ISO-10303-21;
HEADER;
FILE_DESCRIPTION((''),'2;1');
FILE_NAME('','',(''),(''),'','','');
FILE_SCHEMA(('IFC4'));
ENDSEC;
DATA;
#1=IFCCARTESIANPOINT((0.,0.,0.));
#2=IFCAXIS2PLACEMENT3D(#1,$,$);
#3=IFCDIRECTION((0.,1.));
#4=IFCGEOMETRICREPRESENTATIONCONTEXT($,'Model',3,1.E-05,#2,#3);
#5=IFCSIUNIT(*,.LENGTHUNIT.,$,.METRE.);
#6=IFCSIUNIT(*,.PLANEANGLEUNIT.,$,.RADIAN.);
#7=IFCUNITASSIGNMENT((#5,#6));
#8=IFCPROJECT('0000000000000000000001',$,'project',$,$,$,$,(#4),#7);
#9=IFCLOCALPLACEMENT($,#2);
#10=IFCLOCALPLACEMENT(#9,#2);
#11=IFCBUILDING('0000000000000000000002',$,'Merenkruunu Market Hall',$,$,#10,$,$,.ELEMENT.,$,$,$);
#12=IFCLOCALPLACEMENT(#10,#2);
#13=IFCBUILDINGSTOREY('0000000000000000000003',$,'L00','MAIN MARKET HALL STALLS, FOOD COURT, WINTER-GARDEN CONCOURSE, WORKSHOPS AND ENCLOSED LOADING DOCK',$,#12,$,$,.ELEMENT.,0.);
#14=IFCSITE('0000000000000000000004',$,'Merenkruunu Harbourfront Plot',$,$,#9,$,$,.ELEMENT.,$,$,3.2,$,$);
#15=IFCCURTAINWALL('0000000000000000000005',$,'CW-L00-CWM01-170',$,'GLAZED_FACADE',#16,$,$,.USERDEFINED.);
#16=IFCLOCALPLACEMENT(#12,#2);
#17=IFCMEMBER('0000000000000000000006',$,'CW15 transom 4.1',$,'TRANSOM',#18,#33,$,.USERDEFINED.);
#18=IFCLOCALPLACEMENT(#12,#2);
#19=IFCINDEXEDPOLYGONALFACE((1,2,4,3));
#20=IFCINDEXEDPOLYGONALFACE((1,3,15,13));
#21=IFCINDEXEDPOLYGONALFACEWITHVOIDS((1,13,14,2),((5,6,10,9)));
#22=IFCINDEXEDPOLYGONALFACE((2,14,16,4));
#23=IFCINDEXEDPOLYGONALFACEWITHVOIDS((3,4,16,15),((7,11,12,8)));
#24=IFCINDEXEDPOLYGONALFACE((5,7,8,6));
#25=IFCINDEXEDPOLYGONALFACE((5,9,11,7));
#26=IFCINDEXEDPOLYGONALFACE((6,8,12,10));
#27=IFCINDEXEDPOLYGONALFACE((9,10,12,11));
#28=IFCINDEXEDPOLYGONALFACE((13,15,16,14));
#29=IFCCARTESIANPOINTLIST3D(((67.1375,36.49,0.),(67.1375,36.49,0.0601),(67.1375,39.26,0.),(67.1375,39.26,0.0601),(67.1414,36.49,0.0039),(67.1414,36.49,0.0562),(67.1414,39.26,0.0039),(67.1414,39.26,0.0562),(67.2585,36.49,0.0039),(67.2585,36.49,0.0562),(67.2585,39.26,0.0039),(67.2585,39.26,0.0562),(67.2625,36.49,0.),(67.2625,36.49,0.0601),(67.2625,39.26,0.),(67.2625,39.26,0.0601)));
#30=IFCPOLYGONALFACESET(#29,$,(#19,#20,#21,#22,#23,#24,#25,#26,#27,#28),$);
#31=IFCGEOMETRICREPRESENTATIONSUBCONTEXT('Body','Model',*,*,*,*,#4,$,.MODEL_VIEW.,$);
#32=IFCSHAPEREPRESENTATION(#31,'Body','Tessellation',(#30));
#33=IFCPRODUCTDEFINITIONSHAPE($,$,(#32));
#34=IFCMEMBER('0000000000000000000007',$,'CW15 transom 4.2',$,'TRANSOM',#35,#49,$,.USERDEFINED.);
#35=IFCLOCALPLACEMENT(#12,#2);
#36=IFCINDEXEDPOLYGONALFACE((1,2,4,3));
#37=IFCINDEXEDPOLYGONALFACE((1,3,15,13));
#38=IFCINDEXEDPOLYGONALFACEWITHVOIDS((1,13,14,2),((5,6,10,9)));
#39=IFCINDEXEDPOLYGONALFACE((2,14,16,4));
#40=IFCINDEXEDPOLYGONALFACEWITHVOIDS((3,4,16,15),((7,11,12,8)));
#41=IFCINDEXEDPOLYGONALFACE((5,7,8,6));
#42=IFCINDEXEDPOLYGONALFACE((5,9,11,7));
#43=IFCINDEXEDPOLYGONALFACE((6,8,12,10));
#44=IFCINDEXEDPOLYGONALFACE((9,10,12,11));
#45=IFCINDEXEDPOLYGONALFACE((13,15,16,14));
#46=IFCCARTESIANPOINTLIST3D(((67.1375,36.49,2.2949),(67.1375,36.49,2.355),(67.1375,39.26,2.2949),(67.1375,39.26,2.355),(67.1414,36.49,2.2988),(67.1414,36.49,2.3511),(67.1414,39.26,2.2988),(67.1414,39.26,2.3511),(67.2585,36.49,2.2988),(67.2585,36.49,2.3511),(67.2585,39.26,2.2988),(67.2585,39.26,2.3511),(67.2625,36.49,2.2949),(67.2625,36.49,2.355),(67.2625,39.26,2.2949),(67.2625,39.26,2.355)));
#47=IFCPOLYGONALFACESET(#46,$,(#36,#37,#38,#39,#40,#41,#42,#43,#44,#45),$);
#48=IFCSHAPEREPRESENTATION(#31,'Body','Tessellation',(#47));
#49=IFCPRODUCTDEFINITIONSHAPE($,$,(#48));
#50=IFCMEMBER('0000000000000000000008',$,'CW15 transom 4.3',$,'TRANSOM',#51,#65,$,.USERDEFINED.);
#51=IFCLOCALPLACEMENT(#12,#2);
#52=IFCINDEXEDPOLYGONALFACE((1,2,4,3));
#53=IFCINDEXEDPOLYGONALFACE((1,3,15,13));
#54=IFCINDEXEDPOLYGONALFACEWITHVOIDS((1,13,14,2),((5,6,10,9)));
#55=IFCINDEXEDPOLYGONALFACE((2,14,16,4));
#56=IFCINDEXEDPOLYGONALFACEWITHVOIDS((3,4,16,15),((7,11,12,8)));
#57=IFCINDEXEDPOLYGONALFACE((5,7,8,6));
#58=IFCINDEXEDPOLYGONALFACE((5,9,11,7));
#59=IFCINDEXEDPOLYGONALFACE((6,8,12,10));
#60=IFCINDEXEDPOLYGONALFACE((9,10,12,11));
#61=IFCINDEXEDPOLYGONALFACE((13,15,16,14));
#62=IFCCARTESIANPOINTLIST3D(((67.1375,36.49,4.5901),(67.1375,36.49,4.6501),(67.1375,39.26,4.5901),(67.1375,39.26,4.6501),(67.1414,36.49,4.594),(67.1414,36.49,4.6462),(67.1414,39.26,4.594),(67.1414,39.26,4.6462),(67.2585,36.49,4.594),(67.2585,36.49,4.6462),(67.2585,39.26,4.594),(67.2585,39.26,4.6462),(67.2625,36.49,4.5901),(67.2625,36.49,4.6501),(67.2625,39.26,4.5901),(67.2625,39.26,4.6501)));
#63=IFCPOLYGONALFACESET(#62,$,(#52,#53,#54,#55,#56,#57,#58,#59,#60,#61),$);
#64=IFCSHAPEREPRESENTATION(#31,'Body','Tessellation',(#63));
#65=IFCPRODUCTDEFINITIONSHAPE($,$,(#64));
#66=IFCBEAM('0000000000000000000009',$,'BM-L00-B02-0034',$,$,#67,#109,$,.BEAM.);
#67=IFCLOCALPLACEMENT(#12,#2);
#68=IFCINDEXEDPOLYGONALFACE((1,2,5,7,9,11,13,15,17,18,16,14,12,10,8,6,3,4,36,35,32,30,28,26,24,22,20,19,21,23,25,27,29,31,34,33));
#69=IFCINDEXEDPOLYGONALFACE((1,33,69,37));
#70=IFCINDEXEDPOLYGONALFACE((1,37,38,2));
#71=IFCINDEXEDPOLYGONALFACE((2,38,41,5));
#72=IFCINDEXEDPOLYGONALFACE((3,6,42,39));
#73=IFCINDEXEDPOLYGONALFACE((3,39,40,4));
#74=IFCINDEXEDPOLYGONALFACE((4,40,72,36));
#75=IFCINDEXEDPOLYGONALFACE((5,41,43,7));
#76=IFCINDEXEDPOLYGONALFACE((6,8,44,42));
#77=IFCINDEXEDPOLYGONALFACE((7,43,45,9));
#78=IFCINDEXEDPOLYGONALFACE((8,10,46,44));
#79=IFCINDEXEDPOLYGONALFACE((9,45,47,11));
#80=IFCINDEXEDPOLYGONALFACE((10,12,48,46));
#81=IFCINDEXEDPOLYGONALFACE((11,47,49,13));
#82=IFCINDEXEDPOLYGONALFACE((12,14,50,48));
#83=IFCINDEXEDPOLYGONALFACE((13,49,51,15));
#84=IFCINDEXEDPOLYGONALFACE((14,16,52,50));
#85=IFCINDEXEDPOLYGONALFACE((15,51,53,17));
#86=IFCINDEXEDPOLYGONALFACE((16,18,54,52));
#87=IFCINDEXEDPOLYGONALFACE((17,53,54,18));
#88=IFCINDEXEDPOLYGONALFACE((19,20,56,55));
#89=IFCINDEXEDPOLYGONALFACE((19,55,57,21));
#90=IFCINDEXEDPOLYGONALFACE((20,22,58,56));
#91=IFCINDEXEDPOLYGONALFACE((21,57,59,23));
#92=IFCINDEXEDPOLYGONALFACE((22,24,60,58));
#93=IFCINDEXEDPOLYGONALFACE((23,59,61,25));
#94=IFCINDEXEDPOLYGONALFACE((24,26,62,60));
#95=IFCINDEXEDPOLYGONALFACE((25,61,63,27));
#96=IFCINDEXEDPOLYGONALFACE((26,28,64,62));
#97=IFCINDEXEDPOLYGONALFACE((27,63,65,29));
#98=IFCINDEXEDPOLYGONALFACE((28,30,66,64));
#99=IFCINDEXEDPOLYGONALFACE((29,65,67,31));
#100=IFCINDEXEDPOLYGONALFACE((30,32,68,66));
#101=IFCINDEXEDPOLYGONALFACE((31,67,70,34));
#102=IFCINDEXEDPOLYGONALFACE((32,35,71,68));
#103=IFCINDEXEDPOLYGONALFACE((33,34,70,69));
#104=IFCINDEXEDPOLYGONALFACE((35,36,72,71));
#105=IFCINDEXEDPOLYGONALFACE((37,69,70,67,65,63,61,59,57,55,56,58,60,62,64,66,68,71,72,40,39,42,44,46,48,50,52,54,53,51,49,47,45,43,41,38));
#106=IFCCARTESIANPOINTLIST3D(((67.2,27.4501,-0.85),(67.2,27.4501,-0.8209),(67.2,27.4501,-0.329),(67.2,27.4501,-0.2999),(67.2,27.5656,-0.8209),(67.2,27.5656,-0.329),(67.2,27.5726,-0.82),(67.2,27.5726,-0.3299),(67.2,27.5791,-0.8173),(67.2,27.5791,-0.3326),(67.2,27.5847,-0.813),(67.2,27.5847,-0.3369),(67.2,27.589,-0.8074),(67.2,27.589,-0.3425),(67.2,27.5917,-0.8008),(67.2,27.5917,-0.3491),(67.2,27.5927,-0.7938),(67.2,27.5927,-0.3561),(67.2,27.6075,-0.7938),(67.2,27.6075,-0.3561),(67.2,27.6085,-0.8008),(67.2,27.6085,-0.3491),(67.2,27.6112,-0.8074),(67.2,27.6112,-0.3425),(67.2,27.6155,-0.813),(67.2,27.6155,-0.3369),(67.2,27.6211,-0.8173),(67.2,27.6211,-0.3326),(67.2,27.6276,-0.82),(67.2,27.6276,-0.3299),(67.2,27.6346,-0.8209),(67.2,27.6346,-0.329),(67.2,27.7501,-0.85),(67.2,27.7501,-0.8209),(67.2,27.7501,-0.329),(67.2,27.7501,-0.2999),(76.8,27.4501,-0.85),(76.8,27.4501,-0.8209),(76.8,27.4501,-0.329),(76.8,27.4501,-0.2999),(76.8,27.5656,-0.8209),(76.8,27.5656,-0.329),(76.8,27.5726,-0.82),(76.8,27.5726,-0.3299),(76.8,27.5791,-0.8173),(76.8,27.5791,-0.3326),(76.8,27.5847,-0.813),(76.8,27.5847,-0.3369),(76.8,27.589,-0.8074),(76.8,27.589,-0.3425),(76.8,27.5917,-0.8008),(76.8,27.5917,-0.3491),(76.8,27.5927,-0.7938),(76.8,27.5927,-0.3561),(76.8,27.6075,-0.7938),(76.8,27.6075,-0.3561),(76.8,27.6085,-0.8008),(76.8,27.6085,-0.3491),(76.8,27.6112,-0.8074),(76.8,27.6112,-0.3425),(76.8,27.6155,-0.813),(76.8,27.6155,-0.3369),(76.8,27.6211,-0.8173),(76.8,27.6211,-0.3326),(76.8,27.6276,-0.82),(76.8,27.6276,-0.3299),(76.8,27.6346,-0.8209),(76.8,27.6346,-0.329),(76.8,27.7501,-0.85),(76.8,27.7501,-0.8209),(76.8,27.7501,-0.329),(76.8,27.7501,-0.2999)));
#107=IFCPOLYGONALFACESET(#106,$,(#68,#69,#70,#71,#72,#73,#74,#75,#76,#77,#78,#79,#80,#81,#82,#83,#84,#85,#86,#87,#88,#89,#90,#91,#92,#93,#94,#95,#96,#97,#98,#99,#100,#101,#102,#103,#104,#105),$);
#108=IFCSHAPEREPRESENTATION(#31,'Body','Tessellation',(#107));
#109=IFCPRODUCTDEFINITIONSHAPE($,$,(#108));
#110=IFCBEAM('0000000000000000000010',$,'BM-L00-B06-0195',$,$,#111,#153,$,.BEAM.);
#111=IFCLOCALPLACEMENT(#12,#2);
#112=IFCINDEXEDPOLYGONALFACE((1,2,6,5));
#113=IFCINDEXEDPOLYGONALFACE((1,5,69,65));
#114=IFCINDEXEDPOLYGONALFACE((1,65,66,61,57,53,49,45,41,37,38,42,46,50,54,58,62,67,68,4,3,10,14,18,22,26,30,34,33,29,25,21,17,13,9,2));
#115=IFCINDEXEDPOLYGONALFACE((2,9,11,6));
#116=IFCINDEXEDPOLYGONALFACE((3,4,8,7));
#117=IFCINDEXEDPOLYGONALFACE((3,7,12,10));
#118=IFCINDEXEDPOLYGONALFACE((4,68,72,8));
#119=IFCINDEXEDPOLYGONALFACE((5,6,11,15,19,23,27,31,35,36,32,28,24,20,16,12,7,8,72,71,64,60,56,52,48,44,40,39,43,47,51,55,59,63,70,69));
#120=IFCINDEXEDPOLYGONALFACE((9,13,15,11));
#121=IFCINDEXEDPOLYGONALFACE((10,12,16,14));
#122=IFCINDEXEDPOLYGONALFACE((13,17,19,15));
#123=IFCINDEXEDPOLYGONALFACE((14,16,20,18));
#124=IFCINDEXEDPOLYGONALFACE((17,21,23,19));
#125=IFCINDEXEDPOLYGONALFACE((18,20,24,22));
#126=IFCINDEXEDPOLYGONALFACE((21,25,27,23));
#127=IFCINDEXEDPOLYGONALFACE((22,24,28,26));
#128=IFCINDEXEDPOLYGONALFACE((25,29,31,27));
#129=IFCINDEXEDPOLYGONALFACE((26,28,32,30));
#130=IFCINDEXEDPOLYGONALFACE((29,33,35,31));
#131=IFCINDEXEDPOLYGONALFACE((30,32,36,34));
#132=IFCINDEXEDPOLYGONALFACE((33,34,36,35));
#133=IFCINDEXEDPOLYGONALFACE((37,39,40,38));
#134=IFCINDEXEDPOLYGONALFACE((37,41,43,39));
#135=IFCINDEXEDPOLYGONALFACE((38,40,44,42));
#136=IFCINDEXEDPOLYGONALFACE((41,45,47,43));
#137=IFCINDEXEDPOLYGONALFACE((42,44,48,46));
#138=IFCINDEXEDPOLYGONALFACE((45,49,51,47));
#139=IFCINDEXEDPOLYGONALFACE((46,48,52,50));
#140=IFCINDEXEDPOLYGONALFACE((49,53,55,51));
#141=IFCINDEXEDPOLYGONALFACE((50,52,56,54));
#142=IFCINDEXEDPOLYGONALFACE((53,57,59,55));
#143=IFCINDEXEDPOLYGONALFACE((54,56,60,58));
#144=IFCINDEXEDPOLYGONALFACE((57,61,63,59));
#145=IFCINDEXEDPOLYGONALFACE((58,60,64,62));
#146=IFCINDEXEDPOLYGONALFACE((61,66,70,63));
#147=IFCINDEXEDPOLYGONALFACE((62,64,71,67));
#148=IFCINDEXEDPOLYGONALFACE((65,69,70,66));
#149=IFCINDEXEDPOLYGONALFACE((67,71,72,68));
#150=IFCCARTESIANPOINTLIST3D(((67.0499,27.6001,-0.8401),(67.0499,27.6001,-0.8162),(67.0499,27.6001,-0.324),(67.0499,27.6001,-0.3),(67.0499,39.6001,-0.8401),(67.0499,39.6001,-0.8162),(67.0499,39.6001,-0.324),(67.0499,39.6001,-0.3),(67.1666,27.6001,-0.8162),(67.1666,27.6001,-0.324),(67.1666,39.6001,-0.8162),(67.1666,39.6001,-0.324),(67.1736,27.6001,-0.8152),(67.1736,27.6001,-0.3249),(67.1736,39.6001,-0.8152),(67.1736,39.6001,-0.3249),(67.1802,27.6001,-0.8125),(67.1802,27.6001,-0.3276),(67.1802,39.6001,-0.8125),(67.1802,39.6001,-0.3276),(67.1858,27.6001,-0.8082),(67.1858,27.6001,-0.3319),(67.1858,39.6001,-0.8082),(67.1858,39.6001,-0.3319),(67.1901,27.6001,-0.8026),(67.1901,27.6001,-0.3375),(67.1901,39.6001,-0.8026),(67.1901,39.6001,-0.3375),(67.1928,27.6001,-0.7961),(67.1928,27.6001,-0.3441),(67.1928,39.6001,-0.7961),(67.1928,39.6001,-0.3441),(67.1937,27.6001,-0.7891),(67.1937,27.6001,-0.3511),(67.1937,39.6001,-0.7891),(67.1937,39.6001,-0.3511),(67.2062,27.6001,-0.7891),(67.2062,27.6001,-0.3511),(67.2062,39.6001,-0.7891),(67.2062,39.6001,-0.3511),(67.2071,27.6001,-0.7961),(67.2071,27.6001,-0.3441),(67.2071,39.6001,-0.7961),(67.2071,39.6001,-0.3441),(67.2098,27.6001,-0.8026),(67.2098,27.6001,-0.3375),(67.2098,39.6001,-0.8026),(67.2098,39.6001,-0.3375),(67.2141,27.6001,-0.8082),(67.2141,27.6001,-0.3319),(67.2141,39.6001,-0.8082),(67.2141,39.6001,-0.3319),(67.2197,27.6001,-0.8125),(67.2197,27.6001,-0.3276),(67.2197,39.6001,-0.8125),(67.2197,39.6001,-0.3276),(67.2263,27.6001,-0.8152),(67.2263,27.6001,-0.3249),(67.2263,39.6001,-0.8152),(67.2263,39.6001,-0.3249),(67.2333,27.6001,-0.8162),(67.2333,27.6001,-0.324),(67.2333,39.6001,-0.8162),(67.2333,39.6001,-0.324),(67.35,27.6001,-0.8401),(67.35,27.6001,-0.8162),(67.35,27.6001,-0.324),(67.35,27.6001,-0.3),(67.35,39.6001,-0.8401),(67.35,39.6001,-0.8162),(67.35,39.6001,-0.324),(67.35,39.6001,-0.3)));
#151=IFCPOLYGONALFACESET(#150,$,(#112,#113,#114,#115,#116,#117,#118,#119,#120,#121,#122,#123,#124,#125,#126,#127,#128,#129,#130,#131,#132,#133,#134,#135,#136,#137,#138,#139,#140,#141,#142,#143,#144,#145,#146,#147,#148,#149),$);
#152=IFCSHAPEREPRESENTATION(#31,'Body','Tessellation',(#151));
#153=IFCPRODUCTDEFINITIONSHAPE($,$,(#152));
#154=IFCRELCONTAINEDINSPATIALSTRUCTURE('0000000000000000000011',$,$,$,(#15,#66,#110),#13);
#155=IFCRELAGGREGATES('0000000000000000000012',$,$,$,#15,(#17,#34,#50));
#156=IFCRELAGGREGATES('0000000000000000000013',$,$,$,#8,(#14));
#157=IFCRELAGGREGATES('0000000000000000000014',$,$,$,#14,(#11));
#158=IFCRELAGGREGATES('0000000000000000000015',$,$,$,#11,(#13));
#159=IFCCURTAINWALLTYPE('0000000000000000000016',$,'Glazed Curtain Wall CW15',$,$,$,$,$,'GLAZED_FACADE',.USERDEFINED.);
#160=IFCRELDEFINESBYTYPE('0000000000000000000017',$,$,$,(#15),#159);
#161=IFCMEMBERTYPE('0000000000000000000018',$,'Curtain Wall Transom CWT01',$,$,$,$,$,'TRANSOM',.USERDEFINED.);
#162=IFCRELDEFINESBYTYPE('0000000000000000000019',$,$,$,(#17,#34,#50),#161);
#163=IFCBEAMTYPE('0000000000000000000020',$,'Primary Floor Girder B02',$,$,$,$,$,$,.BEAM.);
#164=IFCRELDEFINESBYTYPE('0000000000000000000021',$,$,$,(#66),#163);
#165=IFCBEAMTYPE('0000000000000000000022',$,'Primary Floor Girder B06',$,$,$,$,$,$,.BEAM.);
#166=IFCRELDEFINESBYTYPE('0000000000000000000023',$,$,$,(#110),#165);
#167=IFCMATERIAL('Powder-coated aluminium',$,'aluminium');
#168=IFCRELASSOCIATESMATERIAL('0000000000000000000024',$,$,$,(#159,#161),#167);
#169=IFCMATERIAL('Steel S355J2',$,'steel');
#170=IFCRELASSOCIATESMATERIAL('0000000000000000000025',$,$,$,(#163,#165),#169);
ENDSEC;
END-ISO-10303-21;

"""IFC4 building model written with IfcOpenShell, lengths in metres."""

from ifc_helpers import new_model, si_unit, direction, frame, origin, origin_2d, place, context, subcontext, project, spatial, hollow_rectangle, i_section, extrude, material, material_profile, profile_set, type_object, element, aggregate, save


model = new_model("IFC4")

# Units and contexts
model_context = context("Model", 3, precision=1e-05, world=origin(), true_north=direction((0.0, 1.0)))
body_context = subcontext(model_context, "Body", "Model", "MODEL_VIEW")
ifc_project = project(units=[si_unit("LENGTHUNIT", "METRE"), si_unit("PLANEANGLEUNIT", "RADIAN")], contexts=[model_context])

# Site, building, storey
site_placement = place(None, origin())
site = spatial("IfcSite", under=ifc_project, at=site_placement, Name="Merenkruunu Harbourfront Plot", CompositionType="ELEMENT", RefElevation=3.2)
building_placement = place(site_placement, origin())
building = spatial("IfcBuilding", under=site, at=building_placement, Name="Merenkruunu Market Hall", CompositionType="ELEMENT")
storey_placement = place(building_placement, origin())
storey = spatial("IfcBuildingStorey", under=building, at=storey_placement, Name="L00", Description="MAIN MARKET HALL STALLS, FOOD COURT, WINTER-GARDEN CONCOURSE, WORKSHOPS AND ENCLOSED LOADING DOCK", CompositionType="ELEMENT", Elevation=0.0)

# Curtain wall
ifc_material_1 = material(Name="Powder-coated aluminium", Category="aluminium")
curtain_wall_type = type_object("IfcCurtainWallType", Name="Glazed Curtain Wall CW15", ElementType="GLAZED_FACADE", PredefinedType="USERDEFINED", material=ifc_material_1)
curtain_wall_1_placement = place(storey_placement, origin())
curtain_wall_1 = element("IfcCurtainWall", 1, at=curtain_wall_1_placement, inside=storey, type_object=curtain_wall_type, Name="CW-L00-CWM01-170", ObjectType="GLAZED_FACADE", PredefinedType="USERDEFINED")

# Members
ifc_material_profile_1 = material_profile(ifc_material_1, hollow_rectangle(XDim=0.0601, YDim=0.125, WallThickness=0.0039, at=origin_2d()), Name="ALU 60x125x4")
ifc_profile_set_1 = profile_set([ifc_material_profile_1], Name="Powder-coated aluminium")
member_type_1 = type_object("IfcMemberType", Name="Curtain Wall Transom CWT01", ElementType="TRANSOM", PredefinedType="USERDEFINED", material=ifc_profile_set_1)
member_1_placement = place(storey_placement, frame((67.2, 36.49, 0.03), z_axis=(0.0, 1.0, 0.0), x_axis=(0.0, 0.0, 1.0)))
member_1 = element("IfcMember", 2, at=member_1_placement, type_object=member_type_1, Name="CW15 transom 4.1", ObjectType="TRANSOM", PredefinedType="USERDEFINED", context=body_context, shape_type="SweptSolid", body=[
    extrude(hollow_rectangle(XDim=0.0601, YDim=0.125, WallThickness=0.0039, at=origin_2d()), origin(), (0.0, 0.0, 1.0), 2.77),
])
member_2_placement = place(storey_placement, frame((67.2, 36.49, 2.325), z_axis=(0.0, 1.0, 0.0), x_axis=(0.0, 0.0, 1.0)))
member_2 = element("IfcMember", 3, at=member_2_placement, type_object=member_type_1, Name="CW15 transom 4.2", ObjectType="TRANSOM", PredefinedType="USERDEFINED", context=body_context, shape_type="SweptSolid", body=[
    extrude(hollow_rectangle(XDim=0.0601, YDim=0.125, WallThickness=0.0039, at=origin_2d()), origin(), (0.0, 0.0, 1.0), 2.77),
])
member_3_placement = place(storey_placement, frame((67.2, 36.49, 4.6201), z_axis=(0.0, 1.0, 0.0), x_axis=(0.0, 0.0, 1.0)))
member_3 = element("IfcMember", 4, at=member_3_placement, type_object=member_type_1, Name="CW15 transom 4.3", ObjectType="TRANSOM", PredefinedType="USERDEFINED", context=body_context, shape_type="SweptSolid", body=[
    extrude(hollow_rectangle(XDim=0.0601, YDim=0.125, WallThickness=0.0039, at=origin_2d()), origin(), (0.0, 0.0, 1.0), 2.77),
])

# Beams
ifc_material_2 = material(Name="Steel S355J2", Category="steel")
ifc_material_profile_2 = material_profile(ifc_material_2, i_section(OverallWidth=0.3, OverallDepth=0.55, WebThickness=0.0149, FlangeThickness=0.0291, FilletRadius=0.0271, at=origin_2d()), Name="HEB 550")
ifc_profile_set_2 = profile_set([ifc_material_profile_2], Name="Steel S355J2")
beam_type_1 = type_object("IfcBeamType", Name="Primary Floor Girder B02", PredefinedType="BEAM", material=ifc_profile_set_2)
beam_1_placement = place(storey_placement, frame((67.2, 27.6001, -0.575), z_axis=(1.0, 0.0, 0.0), x_axis=(0.0, 1.0, 0.0)))
element("IfcBeam", 5, at=beam_1_placement, inside=storey, type_object=beam_type_1, Name="BM-L00-B02-0034", PredefinedType="BEAM", context=body_context, shape_type="SweptSolid", body=[
    extrude(i_section(OverallWidth=0.3, OverallDepth=0.55, WebThickness=0.0149, FlangeThickness=0.0291, FilletRadius=0.0271, at=origin_2d()), origin(), (0.0, 0.0, 1.0), 9.6001),
])
ifc_material_profile_3 = material_profile(ifc_material_2, i_section(OverallWidth=0.3, OverallDepth=0.54, WebThickness=0.0125, FlangeThickness=0.0239, FilletRadius=0.0271, at=origin_2d()), Name="HEA 550")
ifc_profile_set_3 = profile_set([ifc_material_profile_3], Name="Steel S355J2")
beam_type_2 = type_object("IfcBeamType", Name="Primary Floor Girder B06", PredefinedType="BEAM", material=ifc_profile_set_3)
beam_2_placement = place(storey_placement, frame((67.2, 27.6001, -0.5701), z_axis=(0.0, 1.0, 0.0), x_axis=(-1.0, 0.0, 0.0)))
element("IfcBeam", 6, at=beam_2_placement, inside=storey, type_object=beam_type_2, Name="BM-L00-B06-0195", PredefinedType="BEAM", context=body_context, shape_type="SweptSolid", body=[
    extrude(i_section(OverallWidth=0.3, OverallDepth=0.54, WebThickness=0.0125, FlangeThickness=0.0239, FilletRadius=0.0271, at=origin_2d()), origin(), (0.0, 0.0, 1.0), 12.0),
])

aggregate(curtain_wall_1, [member_1, member_2, member_3])

save(model, "model.ifc")
